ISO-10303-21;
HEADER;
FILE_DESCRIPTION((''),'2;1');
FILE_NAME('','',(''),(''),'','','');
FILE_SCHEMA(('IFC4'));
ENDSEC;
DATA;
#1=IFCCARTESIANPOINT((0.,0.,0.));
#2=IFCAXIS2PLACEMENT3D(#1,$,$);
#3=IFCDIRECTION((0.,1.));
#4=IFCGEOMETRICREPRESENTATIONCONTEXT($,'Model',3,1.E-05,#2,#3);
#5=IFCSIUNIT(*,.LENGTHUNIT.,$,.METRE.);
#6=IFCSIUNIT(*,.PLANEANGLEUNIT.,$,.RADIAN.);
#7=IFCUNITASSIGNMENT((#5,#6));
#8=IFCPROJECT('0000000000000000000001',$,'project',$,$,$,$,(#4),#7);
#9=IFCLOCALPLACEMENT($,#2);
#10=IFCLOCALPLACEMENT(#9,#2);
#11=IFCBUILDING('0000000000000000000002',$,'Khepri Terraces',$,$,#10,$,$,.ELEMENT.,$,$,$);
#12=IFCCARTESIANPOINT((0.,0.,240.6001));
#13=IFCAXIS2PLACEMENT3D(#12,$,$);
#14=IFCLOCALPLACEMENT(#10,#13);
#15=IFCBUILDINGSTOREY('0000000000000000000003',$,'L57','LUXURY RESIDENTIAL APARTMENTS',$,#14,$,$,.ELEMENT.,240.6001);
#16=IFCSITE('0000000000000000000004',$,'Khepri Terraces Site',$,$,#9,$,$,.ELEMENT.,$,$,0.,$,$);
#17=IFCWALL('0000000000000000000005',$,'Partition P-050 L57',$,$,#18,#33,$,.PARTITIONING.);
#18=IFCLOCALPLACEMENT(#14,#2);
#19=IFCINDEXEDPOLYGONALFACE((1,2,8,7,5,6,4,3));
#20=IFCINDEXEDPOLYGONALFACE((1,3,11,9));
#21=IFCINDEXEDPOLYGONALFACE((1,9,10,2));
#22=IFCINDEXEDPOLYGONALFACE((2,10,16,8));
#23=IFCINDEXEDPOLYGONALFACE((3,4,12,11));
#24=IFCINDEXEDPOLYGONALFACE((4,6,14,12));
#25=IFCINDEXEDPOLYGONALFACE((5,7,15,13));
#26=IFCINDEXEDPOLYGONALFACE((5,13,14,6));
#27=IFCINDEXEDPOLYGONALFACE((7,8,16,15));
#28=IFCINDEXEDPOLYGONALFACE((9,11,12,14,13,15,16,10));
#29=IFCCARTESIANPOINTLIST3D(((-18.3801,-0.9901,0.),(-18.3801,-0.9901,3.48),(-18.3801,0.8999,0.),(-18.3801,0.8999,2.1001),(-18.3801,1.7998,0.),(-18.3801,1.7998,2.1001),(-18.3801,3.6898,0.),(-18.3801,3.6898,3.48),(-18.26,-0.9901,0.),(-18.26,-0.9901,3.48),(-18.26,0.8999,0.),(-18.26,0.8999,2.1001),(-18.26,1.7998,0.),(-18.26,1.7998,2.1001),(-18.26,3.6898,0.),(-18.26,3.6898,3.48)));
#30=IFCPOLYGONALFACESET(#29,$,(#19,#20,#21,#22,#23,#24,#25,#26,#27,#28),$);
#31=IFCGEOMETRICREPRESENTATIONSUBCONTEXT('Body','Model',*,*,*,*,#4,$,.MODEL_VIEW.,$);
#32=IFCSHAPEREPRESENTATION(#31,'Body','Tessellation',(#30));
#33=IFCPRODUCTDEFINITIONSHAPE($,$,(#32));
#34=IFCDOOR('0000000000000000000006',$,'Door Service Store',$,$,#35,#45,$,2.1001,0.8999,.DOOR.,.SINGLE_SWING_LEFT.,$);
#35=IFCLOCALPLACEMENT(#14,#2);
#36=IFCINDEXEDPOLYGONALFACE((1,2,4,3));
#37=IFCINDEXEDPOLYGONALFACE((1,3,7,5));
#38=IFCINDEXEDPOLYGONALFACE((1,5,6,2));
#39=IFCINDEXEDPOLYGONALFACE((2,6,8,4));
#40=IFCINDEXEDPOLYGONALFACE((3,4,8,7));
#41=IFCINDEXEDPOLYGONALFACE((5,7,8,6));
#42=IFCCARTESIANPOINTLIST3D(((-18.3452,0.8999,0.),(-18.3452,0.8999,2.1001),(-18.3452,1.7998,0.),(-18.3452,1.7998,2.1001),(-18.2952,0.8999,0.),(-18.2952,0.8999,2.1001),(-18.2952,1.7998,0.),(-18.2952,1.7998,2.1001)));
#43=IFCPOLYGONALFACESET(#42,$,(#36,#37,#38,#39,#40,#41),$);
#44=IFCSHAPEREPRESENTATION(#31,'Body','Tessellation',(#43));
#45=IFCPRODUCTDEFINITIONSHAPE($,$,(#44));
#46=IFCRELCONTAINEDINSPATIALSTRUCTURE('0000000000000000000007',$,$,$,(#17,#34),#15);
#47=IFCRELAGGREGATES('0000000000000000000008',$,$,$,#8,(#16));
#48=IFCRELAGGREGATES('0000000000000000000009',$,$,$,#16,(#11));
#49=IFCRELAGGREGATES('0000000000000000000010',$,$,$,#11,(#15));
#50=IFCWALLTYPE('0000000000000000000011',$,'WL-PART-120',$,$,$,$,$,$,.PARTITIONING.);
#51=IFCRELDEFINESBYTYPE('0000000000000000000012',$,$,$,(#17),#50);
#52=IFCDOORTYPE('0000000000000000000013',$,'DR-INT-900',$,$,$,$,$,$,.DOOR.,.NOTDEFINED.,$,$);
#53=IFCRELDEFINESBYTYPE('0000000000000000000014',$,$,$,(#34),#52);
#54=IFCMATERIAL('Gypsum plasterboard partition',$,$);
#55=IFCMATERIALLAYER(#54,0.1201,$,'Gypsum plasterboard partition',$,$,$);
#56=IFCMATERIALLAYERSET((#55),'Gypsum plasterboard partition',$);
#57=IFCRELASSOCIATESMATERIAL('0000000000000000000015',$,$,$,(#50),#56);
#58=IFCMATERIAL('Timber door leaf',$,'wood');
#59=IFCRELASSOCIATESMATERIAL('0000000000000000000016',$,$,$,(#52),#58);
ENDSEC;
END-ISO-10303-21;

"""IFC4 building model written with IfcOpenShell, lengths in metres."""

from ifc_helpers import new_model, si_unit, direction, frame, frame_2d, origin, place, context, subcontext, project, spatial, rectangle, extrude, material, layer, layer_set, type_object, element, fill, save


model = new_model("IFC4")

# Units and contexts
model_context = context("Model", 3, precision=1e-05, world=origin(), true_north=direction((0.0, 1.0)))
body_context = subcontext(model_context, "Body", "Model", "MODEL_VIEW")
ifc_project = project(units=[si_unit("LENGTHUNIT", "METRE"), si_unit("PLANEANGLEUNIT", "RADIAN")], contexts=[model_context])

# Site, building, storey
site_placement = place(None, origin())
site = spatial("IfcSite", under=ifc_project, at=site_placement, Name="Khepri Terraces Site", CompositionType="ELEMENT", RefElevation=0.0)
building_placement = place(site_placement, origin())
building = spatial("IfcBuilding", under=site, at=building_placement, Name="Khepri Terraces", CompositionType="ELEMENT")
storey_placement = place(building_placement, frame((0.0, 0.0, 240.6001)))
storey = spatial("IfcBuildingStorey", under=building, at=storey_placement, Name="L57", Description="LUXURY RESIDENTIAL APARTMENTS", CompositionType="ELEMENT", Elevation=240.6001)

# Shared definitions
ifc_material_1 = material(Name="Gypsum plasterboard partition")
ifc_layer_1 = layer(ifc_material_1, 0.1201, Name="Gypsum plasterboard partition")
ifc_layer_set_1 = layer_set([ifc_layer_1], Name="Gypsum plasterboard partition")
wall_type_1 = type_object("IfcWallType", Name="WL-PART-120", PredefinedType="PARTITIONING", material=ifc_layer_set_1)

# Shared definitions
ifc_material_2 = material(Name="Timber door leaf", Category="wood")
door_type_1 = type_object("IfcDoorType", Name="DR-INT-900", OperationType="NOTDEFINED", PredefinedType="DOOR", material=ifc_material_2)

# Wall, opening, door
wall_1_placement = place(storey_placement, frame((-18.3201, -0.99, 0.0), z_axis=(0.0, 0.0, 1.0), x_axis=(0.0, 1.0, 0.0)))
wall_1 = element("IfcWall", 1, at=wall_1_placement, inside=storey, type_object=wall_type_1, Name="Partition P-050 L57", PredefinedType="PARTITIONING", context=body_context, shape_type="SweptSolid", body=[
    extrude(rectangle(XDim=4.6799, YDim=0.1201, at=frame_2d((2.3398, 0.0))), origin(), (0.0, 0.0, 1.0), 3.48),
])
opening_1_placement = place(wall_1_placement, frame((1.8899, 0.0, 0.0)))
opening_1 = element("IfcOpeningElement", 2, at=opening_1_placement, cuts=wall_1, PredefinedType="OPENING", context=body_context, shape_type="SweptSolid", body=[
    extrude(rectangle(XDim=0.8999, YDim=2.1001, at=frame_2d((0.45, 1.05))), frame((0.0, 0.0701, 0.0), z_axis=(0.0, -1.0, 0.0), x_axis=(1.0, 0.0, 0.0)), (0.0, 0.0, 1.0), 0.1401),
])
door_1_placement = place(opening_1_placement, frame((0.8999, 0.0, 0.0), z_axis=(0.0, 0.0, 1.0), x_axis=(-1.0, 0.0, 0.0)))
door_1 = element("IfcDoor", 3, at=door_1_placement, inside=storey, type_object=door_type_1, Name="Door Service Store", OperationType="SINGLE_SWING_LEFT", OverallHeight=2.1001, OverallWidth=0.8999, PredefinedType="DOOR", context=body_context, shape_type="SweptSolid", body=[
    extrude(rectangle(XDim=0.8999, YDim=2.1001, at=frame_2d((0.45, 1.05))), frame((0.0, 0.0249, 0.0), z_axis=(0.0, -1.0, 0.0), x_axis=(1.0, 0.0, 0.0)), (0.0, 0.0, 1.0), 0.05),
])
fill(opening_1, door_1)

save(model, "model.ifc")
